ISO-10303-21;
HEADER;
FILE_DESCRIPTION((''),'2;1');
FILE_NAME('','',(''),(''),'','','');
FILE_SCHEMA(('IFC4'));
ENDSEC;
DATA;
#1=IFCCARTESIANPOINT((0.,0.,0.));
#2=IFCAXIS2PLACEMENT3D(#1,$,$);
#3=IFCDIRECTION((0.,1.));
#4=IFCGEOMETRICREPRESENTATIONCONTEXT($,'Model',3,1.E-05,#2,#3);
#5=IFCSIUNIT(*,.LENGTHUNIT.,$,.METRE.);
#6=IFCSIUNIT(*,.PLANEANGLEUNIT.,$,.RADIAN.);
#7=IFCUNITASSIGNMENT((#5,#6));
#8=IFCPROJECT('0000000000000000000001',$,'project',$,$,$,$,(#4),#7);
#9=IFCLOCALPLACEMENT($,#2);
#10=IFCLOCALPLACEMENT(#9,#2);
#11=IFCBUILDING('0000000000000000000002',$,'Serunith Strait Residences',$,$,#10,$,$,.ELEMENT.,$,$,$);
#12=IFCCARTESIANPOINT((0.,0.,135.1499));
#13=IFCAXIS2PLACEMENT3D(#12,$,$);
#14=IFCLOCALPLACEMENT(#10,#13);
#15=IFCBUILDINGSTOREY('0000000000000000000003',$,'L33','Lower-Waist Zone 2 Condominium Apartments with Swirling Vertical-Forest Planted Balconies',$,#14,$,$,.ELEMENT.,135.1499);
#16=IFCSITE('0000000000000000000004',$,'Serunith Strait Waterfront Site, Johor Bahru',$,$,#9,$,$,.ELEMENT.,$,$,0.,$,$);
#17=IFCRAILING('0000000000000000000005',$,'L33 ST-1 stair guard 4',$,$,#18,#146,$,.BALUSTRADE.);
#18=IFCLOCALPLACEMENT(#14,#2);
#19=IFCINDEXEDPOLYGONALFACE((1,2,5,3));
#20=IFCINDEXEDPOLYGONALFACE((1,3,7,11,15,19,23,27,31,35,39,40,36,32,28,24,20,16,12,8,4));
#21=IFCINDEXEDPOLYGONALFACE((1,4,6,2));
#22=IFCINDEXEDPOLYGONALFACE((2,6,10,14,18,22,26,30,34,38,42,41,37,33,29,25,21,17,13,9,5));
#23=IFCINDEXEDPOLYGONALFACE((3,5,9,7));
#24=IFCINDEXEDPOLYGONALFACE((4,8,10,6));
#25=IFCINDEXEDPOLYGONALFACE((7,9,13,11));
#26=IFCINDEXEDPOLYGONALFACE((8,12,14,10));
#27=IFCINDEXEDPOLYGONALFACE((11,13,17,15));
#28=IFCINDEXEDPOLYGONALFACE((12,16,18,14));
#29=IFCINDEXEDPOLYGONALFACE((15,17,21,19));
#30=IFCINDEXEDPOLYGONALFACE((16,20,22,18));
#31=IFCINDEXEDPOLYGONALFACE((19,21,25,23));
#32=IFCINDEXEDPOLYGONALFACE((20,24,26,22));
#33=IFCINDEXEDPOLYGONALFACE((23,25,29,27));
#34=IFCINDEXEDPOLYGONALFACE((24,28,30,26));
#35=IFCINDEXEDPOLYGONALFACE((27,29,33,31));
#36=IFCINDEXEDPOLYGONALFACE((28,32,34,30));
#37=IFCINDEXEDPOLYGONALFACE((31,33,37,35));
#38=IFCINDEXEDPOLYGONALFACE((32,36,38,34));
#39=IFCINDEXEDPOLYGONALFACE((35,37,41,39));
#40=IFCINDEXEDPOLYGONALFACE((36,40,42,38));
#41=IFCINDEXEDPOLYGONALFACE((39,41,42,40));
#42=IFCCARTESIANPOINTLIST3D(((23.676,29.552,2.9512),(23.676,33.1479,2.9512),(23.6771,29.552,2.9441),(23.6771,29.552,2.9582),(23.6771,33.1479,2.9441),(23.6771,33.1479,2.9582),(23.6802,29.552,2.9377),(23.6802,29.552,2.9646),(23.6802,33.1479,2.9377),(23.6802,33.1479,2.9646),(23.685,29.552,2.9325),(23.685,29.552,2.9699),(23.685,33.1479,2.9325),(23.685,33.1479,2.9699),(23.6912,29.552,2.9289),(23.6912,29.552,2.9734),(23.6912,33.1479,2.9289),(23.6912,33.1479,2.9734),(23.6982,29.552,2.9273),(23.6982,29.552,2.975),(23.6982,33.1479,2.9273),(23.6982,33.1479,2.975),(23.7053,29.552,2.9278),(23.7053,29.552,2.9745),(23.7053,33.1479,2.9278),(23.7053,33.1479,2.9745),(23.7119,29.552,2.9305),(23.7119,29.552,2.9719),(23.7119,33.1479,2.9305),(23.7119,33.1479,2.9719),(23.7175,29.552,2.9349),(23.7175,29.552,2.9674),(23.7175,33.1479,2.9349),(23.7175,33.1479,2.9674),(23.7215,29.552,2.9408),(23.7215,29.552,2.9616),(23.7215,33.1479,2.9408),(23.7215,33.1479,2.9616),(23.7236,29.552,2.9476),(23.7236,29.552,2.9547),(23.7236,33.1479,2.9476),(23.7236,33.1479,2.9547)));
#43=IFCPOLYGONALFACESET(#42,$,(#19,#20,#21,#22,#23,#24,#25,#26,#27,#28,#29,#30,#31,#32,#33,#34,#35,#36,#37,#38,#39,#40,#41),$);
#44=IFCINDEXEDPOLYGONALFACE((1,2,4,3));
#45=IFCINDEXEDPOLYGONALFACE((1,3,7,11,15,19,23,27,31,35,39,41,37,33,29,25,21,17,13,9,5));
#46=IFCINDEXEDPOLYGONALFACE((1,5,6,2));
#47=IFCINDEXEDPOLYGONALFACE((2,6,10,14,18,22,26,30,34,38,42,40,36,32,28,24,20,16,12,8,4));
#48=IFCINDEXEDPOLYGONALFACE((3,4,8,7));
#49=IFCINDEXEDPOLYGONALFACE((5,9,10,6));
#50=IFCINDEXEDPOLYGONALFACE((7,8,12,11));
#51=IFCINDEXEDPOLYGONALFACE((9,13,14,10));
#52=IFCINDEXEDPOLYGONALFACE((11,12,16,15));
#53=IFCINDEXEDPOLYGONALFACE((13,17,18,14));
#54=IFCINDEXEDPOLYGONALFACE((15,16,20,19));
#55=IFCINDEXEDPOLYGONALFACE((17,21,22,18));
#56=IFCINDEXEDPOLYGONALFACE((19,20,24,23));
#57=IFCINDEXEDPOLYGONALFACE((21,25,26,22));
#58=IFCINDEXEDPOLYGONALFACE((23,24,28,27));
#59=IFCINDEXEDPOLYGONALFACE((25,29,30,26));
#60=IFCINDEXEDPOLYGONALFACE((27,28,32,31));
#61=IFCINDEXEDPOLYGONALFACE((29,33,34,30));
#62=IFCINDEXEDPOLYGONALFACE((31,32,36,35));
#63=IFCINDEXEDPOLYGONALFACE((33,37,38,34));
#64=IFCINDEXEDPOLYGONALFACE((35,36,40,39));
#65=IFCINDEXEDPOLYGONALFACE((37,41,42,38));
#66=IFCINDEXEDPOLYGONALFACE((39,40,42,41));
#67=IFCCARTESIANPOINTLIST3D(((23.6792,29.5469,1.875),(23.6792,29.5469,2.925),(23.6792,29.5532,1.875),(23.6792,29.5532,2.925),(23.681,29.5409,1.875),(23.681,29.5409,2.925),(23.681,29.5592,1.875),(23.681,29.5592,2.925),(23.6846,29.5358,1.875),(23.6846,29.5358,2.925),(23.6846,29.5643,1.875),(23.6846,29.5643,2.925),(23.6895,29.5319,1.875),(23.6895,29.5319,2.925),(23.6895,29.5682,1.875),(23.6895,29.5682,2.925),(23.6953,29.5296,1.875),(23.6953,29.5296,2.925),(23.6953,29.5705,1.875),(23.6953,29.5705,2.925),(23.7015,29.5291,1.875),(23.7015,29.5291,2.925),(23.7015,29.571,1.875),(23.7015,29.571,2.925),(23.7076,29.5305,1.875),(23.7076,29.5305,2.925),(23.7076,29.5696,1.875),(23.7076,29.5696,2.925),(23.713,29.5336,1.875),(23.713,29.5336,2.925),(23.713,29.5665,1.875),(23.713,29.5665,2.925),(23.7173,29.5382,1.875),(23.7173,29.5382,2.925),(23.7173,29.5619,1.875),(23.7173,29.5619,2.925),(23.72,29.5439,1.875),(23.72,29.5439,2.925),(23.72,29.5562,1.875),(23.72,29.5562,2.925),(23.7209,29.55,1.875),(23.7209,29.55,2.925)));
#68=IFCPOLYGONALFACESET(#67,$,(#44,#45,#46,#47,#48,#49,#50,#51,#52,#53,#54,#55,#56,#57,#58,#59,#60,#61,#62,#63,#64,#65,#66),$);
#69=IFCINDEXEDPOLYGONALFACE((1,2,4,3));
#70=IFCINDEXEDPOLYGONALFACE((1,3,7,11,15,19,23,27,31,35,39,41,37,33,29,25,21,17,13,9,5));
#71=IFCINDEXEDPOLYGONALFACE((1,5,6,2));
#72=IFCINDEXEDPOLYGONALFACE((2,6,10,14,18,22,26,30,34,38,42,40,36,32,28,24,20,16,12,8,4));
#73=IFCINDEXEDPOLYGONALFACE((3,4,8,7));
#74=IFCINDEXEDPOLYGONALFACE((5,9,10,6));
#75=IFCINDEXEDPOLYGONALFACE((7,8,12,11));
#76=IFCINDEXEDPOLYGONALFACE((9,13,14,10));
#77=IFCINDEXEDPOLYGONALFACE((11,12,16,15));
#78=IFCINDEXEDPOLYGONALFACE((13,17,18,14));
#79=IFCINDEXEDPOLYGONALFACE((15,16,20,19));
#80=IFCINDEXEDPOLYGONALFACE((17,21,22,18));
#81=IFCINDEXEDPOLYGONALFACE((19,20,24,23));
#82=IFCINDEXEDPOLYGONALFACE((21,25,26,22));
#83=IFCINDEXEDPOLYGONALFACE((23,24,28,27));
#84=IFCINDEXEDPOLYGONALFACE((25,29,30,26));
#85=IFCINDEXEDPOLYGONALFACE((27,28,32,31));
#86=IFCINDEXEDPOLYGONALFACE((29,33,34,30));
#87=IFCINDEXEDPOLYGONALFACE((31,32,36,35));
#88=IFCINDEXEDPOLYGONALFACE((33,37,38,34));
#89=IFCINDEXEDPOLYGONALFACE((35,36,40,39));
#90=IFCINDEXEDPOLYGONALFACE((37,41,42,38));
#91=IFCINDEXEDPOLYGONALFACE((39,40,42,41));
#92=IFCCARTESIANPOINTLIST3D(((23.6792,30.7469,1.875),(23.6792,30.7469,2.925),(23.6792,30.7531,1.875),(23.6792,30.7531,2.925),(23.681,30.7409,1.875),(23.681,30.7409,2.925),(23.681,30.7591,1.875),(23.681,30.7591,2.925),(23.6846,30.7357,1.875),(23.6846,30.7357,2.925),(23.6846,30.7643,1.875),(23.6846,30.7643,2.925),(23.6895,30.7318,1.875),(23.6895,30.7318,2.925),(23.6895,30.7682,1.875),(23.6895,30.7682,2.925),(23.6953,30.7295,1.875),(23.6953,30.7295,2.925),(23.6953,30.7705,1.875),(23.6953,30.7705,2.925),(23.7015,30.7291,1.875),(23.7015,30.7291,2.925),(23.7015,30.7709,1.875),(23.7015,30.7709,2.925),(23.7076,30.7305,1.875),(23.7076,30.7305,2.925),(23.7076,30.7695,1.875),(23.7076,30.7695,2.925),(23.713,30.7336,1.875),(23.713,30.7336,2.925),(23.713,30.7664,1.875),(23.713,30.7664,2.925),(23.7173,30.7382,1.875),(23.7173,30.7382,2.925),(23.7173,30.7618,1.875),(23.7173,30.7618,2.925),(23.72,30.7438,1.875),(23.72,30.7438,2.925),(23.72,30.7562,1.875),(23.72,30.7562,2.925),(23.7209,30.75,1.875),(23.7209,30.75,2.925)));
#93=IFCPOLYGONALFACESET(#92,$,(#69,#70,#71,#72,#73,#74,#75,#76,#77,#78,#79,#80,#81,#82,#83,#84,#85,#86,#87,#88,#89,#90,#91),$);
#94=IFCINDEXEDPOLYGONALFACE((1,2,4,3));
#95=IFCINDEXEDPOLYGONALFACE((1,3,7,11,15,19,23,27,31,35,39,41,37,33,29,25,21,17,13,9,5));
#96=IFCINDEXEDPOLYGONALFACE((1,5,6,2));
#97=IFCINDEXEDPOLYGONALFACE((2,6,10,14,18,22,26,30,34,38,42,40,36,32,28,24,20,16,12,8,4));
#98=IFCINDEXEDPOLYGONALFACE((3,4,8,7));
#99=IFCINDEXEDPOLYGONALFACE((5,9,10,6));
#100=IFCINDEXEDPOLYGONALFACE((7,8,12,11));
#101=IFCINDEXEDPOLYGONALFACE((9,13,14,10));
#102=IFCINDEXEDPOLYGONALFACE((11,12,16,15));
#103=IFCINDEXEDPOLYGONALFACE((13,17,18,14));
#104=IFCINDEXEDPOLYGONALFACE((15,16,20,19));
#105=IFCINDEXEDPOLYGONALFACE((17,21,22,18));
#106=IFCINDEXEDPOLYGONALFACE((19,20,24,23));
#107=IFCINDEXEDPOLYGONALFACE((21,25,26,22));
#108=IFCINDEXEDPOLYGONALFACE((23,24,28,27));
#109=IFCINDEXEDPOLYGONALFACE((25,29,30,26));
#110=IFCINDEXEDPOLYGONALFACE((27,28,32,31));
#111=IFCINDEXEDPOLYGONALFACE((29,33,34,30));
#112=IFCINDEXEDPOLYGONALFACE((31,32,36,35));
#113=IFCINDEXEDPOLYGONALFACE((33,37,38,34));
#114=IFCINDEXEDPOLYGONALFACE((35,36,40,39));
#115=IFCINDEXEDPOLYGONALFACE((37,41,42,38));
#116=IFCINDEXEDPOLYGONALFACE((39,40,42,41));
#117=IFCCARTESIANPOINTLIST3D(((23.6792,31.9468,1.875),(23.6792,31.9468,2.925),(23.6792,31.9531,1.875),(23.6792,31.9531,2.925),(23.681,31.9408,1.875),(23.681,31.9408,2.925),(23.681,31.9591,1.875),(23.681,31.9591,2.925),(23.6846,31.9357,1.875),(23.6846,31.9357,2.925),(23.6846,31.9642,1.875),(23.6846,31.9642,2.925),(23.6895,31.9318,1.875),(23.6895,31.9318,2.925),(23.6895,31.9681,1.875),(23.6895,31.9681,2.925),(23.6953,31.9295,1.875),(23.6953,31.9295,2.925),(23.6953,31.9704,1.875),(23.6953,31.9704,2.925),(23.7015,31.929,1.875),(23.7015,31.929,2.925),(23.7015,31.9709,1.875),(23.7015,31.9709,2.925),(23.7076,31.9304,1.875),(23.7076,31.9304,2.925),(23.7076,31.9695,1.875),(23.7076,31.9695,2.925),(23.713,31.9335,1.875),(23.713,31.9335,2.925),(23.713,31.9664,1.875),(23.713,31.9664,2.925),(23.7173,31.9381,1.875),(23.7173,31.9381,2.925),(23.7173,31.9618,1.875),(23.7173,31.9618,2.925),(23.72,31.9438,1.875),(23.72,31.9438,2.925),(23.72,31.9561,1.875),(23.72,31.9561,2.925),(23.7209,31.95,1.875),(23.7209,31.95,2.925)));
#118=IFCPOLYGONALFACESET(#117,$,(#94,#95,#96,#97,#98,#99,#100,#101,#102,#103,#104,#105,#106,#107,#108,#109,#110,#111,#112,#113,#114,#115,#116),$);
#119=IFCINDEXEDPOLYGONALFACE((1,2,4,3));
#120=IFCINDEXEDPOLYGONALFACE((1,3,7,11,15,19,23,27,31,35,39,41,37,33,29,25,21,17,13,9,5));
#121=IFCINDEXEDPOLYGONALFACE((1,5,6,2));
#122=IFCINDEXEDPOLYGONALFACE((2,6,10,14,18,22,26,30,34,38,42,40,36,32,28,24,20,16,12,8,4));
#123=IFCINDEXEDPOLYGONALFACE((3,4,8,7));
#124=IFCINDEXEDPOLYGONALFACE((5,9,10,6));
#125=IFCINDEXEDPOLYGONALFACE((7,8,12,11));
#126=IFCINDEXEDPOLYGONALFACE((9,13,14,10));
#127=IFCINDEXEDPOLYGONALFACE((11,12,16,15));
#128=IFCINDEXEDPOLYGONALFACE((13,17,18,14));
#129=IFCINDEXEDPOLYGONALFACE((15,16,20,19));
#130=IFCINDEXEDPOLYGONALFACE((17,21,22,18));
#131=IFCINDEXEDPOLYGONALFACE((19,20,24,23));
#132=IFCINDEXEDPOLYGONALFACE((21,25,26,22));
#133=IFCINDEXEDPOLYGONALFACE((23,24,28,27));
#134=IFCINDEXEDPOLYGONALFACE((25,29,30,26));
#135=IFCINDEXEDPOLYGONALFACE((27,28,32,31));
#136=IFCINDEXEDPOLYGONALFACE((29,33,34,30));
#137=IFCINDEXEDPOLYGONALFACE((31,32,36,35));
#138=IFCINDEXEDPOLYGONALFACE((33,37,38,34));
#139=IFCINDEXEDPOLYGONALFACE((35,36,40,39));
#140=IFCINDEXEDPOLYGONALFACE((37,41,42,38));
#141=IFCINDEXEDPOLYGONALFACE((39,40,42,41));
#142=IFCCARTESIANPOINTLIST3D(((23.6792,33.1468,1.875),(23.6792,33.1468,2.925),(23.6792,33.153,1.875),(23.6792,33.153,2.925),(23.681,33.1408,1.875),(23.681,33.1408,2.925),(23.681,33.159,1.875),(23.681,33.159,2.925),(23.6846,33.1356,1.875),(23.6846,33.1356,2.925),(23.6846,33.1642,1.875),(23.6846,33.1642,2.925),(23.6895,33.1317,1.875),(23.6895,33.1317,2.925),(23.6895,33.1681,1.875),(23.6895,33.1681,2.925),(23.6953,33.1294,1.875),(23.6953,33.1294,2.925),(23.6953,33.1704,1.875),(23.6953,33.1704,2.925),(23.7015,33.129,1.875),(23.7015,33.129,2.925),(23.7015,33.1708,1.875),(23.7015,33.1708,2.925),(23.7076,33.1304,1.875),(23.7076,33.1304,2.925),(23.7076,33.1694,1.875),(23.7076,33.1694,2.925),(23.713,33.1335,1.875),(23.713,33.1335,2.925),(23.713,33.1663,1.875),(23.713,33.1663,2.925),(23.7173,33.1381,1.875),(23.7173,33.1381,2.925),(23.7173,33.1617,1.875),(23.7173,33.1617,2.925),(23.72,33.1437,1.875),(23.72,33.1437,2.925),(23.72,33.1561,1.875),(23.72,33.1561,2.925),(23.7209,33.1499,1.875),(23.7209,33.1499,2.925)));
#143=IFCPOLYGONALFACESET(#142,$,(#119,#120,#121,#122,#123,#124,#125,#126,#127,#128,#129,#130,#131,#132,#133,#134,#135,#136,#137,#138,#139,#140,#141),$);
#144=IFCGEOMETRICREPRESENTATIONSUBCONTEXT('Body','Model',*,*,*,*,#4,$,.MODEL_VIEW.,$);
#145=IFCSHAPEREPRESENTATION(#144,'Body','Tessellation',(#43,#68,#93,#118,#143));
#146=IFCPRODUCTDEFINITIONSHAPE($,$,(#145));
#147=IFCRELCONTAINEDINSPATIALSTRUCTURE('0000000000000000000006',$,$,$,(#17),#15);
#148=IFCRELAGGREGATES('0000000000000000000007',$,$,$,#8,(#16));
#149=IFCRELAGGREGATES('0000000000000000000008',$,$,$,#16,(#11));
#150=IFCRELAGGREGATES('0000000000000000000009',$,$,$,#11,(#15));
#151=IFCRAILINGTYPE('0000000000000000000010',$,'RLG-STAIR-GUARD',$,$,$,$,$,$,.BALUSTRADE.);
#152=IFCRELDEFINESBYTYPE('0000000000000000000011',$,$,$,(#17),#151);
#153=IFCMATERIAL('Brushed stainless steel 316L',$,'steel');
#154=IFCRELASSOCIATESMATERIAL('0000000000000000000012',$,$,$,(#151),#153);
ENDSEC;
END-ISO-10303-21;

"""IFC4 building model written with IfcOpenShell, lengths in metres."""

from ifc_helpers import new_model, si_unit, direction, frame, origin, origin_2d, place, context, subcontext, project, spatial, circle, extrude, material, type_object, element, save


model = new_model("IFC4")

# Units and contexts
model_context = context("Model", 3, precision=1e-05, world=origin(), true_north=direction((0.0, 1.0)))
body_context = subcontext(model_context, "Body", "Model", "MODEL_VIEW")
ifc_project = project(units=[si_unit("LENGTHUNIT", "METRE"), si_unit("PLANEANGLEUNIT", "RADIAN")], contexts=[model_context])

# Site, building, storey
site_placement = place(None, origin())
site = spatial("IfcSite", under=ifc_project, at=site_placement, Name="Serunith Strait Waterfront Site, Johor Bahru", CompositionType="ELEMENT", RefElevation=0.0)
building_placement = place(site_placement, origin())
building = spatial("IfcBuilding", under=site, at=building_placement, Name="Serunith Strait Residences", CompositionType="ELEMENT")
storey_placement = place(building_placement, frame((0.0, 0.0, 135.1499)))
storey = spatial("IfcBuildingStorey", under=building, at=storey_placement, Name="L33", Description="Lower-Waist Zone 2 Condominium Apartments with Swirling Vertical-Forest Planted Balconies", CompositionType="ELEMENT", Elevation=135.1499)

# Railing
ifc_material_1 = material(Name="Brushed stainless steel 316L", Category="steel")
railing_type_1 = type_object("IfcRailingType", Name="RLG-STAIR-GUARD", PredefinedType="BALUSTRADE", material=ifc_material_1)
for number, where, name in (
    (1, (23.7, 29.55, 1.875), "L33 ST-1 stair guard 4"),
):
    element("IfcRailing", number, at=place(storey_placement, frame(where)), inside=storey, type_object=railing_type_1, Name=name, PredefinedType="BALUSTRADE", context=body_context, shape_type="SweptSolid", body=[
        extrude(circle(Radius=0.0239, at=origin_2d()), frame((0.0, 0.002, 1.0762), z_axis=(0.0, 1.0, 0.0), x_axis=(-1.0, 0.0, 0.0)), (0.0, 0.0, 1.0), 3.5959),
        extrude(circle(Radius=0.021, at=origin_2d()), origin(), (0.0, 0.0, 1.0), 1.05),
        extrude(circle(Radius=0.021, at=origin_2d()), frame((0.0, 1.2, 0.0)), (0.0, 0.0, 1.0), 1.05),
        extrude(circle(Radius=0.021, at=origin_2d()), frame((0.0, 2.3999, 0.0)), (0.0, 0.0, 1.0), 1.05),
        extrude(circle(Radius=0.021, at=origin_2d()), frame((0.0, 3.5999, 0.0)), (0.0, 0.0, 1.0), 1.05),
    ])

save(model, "model.ifc")
